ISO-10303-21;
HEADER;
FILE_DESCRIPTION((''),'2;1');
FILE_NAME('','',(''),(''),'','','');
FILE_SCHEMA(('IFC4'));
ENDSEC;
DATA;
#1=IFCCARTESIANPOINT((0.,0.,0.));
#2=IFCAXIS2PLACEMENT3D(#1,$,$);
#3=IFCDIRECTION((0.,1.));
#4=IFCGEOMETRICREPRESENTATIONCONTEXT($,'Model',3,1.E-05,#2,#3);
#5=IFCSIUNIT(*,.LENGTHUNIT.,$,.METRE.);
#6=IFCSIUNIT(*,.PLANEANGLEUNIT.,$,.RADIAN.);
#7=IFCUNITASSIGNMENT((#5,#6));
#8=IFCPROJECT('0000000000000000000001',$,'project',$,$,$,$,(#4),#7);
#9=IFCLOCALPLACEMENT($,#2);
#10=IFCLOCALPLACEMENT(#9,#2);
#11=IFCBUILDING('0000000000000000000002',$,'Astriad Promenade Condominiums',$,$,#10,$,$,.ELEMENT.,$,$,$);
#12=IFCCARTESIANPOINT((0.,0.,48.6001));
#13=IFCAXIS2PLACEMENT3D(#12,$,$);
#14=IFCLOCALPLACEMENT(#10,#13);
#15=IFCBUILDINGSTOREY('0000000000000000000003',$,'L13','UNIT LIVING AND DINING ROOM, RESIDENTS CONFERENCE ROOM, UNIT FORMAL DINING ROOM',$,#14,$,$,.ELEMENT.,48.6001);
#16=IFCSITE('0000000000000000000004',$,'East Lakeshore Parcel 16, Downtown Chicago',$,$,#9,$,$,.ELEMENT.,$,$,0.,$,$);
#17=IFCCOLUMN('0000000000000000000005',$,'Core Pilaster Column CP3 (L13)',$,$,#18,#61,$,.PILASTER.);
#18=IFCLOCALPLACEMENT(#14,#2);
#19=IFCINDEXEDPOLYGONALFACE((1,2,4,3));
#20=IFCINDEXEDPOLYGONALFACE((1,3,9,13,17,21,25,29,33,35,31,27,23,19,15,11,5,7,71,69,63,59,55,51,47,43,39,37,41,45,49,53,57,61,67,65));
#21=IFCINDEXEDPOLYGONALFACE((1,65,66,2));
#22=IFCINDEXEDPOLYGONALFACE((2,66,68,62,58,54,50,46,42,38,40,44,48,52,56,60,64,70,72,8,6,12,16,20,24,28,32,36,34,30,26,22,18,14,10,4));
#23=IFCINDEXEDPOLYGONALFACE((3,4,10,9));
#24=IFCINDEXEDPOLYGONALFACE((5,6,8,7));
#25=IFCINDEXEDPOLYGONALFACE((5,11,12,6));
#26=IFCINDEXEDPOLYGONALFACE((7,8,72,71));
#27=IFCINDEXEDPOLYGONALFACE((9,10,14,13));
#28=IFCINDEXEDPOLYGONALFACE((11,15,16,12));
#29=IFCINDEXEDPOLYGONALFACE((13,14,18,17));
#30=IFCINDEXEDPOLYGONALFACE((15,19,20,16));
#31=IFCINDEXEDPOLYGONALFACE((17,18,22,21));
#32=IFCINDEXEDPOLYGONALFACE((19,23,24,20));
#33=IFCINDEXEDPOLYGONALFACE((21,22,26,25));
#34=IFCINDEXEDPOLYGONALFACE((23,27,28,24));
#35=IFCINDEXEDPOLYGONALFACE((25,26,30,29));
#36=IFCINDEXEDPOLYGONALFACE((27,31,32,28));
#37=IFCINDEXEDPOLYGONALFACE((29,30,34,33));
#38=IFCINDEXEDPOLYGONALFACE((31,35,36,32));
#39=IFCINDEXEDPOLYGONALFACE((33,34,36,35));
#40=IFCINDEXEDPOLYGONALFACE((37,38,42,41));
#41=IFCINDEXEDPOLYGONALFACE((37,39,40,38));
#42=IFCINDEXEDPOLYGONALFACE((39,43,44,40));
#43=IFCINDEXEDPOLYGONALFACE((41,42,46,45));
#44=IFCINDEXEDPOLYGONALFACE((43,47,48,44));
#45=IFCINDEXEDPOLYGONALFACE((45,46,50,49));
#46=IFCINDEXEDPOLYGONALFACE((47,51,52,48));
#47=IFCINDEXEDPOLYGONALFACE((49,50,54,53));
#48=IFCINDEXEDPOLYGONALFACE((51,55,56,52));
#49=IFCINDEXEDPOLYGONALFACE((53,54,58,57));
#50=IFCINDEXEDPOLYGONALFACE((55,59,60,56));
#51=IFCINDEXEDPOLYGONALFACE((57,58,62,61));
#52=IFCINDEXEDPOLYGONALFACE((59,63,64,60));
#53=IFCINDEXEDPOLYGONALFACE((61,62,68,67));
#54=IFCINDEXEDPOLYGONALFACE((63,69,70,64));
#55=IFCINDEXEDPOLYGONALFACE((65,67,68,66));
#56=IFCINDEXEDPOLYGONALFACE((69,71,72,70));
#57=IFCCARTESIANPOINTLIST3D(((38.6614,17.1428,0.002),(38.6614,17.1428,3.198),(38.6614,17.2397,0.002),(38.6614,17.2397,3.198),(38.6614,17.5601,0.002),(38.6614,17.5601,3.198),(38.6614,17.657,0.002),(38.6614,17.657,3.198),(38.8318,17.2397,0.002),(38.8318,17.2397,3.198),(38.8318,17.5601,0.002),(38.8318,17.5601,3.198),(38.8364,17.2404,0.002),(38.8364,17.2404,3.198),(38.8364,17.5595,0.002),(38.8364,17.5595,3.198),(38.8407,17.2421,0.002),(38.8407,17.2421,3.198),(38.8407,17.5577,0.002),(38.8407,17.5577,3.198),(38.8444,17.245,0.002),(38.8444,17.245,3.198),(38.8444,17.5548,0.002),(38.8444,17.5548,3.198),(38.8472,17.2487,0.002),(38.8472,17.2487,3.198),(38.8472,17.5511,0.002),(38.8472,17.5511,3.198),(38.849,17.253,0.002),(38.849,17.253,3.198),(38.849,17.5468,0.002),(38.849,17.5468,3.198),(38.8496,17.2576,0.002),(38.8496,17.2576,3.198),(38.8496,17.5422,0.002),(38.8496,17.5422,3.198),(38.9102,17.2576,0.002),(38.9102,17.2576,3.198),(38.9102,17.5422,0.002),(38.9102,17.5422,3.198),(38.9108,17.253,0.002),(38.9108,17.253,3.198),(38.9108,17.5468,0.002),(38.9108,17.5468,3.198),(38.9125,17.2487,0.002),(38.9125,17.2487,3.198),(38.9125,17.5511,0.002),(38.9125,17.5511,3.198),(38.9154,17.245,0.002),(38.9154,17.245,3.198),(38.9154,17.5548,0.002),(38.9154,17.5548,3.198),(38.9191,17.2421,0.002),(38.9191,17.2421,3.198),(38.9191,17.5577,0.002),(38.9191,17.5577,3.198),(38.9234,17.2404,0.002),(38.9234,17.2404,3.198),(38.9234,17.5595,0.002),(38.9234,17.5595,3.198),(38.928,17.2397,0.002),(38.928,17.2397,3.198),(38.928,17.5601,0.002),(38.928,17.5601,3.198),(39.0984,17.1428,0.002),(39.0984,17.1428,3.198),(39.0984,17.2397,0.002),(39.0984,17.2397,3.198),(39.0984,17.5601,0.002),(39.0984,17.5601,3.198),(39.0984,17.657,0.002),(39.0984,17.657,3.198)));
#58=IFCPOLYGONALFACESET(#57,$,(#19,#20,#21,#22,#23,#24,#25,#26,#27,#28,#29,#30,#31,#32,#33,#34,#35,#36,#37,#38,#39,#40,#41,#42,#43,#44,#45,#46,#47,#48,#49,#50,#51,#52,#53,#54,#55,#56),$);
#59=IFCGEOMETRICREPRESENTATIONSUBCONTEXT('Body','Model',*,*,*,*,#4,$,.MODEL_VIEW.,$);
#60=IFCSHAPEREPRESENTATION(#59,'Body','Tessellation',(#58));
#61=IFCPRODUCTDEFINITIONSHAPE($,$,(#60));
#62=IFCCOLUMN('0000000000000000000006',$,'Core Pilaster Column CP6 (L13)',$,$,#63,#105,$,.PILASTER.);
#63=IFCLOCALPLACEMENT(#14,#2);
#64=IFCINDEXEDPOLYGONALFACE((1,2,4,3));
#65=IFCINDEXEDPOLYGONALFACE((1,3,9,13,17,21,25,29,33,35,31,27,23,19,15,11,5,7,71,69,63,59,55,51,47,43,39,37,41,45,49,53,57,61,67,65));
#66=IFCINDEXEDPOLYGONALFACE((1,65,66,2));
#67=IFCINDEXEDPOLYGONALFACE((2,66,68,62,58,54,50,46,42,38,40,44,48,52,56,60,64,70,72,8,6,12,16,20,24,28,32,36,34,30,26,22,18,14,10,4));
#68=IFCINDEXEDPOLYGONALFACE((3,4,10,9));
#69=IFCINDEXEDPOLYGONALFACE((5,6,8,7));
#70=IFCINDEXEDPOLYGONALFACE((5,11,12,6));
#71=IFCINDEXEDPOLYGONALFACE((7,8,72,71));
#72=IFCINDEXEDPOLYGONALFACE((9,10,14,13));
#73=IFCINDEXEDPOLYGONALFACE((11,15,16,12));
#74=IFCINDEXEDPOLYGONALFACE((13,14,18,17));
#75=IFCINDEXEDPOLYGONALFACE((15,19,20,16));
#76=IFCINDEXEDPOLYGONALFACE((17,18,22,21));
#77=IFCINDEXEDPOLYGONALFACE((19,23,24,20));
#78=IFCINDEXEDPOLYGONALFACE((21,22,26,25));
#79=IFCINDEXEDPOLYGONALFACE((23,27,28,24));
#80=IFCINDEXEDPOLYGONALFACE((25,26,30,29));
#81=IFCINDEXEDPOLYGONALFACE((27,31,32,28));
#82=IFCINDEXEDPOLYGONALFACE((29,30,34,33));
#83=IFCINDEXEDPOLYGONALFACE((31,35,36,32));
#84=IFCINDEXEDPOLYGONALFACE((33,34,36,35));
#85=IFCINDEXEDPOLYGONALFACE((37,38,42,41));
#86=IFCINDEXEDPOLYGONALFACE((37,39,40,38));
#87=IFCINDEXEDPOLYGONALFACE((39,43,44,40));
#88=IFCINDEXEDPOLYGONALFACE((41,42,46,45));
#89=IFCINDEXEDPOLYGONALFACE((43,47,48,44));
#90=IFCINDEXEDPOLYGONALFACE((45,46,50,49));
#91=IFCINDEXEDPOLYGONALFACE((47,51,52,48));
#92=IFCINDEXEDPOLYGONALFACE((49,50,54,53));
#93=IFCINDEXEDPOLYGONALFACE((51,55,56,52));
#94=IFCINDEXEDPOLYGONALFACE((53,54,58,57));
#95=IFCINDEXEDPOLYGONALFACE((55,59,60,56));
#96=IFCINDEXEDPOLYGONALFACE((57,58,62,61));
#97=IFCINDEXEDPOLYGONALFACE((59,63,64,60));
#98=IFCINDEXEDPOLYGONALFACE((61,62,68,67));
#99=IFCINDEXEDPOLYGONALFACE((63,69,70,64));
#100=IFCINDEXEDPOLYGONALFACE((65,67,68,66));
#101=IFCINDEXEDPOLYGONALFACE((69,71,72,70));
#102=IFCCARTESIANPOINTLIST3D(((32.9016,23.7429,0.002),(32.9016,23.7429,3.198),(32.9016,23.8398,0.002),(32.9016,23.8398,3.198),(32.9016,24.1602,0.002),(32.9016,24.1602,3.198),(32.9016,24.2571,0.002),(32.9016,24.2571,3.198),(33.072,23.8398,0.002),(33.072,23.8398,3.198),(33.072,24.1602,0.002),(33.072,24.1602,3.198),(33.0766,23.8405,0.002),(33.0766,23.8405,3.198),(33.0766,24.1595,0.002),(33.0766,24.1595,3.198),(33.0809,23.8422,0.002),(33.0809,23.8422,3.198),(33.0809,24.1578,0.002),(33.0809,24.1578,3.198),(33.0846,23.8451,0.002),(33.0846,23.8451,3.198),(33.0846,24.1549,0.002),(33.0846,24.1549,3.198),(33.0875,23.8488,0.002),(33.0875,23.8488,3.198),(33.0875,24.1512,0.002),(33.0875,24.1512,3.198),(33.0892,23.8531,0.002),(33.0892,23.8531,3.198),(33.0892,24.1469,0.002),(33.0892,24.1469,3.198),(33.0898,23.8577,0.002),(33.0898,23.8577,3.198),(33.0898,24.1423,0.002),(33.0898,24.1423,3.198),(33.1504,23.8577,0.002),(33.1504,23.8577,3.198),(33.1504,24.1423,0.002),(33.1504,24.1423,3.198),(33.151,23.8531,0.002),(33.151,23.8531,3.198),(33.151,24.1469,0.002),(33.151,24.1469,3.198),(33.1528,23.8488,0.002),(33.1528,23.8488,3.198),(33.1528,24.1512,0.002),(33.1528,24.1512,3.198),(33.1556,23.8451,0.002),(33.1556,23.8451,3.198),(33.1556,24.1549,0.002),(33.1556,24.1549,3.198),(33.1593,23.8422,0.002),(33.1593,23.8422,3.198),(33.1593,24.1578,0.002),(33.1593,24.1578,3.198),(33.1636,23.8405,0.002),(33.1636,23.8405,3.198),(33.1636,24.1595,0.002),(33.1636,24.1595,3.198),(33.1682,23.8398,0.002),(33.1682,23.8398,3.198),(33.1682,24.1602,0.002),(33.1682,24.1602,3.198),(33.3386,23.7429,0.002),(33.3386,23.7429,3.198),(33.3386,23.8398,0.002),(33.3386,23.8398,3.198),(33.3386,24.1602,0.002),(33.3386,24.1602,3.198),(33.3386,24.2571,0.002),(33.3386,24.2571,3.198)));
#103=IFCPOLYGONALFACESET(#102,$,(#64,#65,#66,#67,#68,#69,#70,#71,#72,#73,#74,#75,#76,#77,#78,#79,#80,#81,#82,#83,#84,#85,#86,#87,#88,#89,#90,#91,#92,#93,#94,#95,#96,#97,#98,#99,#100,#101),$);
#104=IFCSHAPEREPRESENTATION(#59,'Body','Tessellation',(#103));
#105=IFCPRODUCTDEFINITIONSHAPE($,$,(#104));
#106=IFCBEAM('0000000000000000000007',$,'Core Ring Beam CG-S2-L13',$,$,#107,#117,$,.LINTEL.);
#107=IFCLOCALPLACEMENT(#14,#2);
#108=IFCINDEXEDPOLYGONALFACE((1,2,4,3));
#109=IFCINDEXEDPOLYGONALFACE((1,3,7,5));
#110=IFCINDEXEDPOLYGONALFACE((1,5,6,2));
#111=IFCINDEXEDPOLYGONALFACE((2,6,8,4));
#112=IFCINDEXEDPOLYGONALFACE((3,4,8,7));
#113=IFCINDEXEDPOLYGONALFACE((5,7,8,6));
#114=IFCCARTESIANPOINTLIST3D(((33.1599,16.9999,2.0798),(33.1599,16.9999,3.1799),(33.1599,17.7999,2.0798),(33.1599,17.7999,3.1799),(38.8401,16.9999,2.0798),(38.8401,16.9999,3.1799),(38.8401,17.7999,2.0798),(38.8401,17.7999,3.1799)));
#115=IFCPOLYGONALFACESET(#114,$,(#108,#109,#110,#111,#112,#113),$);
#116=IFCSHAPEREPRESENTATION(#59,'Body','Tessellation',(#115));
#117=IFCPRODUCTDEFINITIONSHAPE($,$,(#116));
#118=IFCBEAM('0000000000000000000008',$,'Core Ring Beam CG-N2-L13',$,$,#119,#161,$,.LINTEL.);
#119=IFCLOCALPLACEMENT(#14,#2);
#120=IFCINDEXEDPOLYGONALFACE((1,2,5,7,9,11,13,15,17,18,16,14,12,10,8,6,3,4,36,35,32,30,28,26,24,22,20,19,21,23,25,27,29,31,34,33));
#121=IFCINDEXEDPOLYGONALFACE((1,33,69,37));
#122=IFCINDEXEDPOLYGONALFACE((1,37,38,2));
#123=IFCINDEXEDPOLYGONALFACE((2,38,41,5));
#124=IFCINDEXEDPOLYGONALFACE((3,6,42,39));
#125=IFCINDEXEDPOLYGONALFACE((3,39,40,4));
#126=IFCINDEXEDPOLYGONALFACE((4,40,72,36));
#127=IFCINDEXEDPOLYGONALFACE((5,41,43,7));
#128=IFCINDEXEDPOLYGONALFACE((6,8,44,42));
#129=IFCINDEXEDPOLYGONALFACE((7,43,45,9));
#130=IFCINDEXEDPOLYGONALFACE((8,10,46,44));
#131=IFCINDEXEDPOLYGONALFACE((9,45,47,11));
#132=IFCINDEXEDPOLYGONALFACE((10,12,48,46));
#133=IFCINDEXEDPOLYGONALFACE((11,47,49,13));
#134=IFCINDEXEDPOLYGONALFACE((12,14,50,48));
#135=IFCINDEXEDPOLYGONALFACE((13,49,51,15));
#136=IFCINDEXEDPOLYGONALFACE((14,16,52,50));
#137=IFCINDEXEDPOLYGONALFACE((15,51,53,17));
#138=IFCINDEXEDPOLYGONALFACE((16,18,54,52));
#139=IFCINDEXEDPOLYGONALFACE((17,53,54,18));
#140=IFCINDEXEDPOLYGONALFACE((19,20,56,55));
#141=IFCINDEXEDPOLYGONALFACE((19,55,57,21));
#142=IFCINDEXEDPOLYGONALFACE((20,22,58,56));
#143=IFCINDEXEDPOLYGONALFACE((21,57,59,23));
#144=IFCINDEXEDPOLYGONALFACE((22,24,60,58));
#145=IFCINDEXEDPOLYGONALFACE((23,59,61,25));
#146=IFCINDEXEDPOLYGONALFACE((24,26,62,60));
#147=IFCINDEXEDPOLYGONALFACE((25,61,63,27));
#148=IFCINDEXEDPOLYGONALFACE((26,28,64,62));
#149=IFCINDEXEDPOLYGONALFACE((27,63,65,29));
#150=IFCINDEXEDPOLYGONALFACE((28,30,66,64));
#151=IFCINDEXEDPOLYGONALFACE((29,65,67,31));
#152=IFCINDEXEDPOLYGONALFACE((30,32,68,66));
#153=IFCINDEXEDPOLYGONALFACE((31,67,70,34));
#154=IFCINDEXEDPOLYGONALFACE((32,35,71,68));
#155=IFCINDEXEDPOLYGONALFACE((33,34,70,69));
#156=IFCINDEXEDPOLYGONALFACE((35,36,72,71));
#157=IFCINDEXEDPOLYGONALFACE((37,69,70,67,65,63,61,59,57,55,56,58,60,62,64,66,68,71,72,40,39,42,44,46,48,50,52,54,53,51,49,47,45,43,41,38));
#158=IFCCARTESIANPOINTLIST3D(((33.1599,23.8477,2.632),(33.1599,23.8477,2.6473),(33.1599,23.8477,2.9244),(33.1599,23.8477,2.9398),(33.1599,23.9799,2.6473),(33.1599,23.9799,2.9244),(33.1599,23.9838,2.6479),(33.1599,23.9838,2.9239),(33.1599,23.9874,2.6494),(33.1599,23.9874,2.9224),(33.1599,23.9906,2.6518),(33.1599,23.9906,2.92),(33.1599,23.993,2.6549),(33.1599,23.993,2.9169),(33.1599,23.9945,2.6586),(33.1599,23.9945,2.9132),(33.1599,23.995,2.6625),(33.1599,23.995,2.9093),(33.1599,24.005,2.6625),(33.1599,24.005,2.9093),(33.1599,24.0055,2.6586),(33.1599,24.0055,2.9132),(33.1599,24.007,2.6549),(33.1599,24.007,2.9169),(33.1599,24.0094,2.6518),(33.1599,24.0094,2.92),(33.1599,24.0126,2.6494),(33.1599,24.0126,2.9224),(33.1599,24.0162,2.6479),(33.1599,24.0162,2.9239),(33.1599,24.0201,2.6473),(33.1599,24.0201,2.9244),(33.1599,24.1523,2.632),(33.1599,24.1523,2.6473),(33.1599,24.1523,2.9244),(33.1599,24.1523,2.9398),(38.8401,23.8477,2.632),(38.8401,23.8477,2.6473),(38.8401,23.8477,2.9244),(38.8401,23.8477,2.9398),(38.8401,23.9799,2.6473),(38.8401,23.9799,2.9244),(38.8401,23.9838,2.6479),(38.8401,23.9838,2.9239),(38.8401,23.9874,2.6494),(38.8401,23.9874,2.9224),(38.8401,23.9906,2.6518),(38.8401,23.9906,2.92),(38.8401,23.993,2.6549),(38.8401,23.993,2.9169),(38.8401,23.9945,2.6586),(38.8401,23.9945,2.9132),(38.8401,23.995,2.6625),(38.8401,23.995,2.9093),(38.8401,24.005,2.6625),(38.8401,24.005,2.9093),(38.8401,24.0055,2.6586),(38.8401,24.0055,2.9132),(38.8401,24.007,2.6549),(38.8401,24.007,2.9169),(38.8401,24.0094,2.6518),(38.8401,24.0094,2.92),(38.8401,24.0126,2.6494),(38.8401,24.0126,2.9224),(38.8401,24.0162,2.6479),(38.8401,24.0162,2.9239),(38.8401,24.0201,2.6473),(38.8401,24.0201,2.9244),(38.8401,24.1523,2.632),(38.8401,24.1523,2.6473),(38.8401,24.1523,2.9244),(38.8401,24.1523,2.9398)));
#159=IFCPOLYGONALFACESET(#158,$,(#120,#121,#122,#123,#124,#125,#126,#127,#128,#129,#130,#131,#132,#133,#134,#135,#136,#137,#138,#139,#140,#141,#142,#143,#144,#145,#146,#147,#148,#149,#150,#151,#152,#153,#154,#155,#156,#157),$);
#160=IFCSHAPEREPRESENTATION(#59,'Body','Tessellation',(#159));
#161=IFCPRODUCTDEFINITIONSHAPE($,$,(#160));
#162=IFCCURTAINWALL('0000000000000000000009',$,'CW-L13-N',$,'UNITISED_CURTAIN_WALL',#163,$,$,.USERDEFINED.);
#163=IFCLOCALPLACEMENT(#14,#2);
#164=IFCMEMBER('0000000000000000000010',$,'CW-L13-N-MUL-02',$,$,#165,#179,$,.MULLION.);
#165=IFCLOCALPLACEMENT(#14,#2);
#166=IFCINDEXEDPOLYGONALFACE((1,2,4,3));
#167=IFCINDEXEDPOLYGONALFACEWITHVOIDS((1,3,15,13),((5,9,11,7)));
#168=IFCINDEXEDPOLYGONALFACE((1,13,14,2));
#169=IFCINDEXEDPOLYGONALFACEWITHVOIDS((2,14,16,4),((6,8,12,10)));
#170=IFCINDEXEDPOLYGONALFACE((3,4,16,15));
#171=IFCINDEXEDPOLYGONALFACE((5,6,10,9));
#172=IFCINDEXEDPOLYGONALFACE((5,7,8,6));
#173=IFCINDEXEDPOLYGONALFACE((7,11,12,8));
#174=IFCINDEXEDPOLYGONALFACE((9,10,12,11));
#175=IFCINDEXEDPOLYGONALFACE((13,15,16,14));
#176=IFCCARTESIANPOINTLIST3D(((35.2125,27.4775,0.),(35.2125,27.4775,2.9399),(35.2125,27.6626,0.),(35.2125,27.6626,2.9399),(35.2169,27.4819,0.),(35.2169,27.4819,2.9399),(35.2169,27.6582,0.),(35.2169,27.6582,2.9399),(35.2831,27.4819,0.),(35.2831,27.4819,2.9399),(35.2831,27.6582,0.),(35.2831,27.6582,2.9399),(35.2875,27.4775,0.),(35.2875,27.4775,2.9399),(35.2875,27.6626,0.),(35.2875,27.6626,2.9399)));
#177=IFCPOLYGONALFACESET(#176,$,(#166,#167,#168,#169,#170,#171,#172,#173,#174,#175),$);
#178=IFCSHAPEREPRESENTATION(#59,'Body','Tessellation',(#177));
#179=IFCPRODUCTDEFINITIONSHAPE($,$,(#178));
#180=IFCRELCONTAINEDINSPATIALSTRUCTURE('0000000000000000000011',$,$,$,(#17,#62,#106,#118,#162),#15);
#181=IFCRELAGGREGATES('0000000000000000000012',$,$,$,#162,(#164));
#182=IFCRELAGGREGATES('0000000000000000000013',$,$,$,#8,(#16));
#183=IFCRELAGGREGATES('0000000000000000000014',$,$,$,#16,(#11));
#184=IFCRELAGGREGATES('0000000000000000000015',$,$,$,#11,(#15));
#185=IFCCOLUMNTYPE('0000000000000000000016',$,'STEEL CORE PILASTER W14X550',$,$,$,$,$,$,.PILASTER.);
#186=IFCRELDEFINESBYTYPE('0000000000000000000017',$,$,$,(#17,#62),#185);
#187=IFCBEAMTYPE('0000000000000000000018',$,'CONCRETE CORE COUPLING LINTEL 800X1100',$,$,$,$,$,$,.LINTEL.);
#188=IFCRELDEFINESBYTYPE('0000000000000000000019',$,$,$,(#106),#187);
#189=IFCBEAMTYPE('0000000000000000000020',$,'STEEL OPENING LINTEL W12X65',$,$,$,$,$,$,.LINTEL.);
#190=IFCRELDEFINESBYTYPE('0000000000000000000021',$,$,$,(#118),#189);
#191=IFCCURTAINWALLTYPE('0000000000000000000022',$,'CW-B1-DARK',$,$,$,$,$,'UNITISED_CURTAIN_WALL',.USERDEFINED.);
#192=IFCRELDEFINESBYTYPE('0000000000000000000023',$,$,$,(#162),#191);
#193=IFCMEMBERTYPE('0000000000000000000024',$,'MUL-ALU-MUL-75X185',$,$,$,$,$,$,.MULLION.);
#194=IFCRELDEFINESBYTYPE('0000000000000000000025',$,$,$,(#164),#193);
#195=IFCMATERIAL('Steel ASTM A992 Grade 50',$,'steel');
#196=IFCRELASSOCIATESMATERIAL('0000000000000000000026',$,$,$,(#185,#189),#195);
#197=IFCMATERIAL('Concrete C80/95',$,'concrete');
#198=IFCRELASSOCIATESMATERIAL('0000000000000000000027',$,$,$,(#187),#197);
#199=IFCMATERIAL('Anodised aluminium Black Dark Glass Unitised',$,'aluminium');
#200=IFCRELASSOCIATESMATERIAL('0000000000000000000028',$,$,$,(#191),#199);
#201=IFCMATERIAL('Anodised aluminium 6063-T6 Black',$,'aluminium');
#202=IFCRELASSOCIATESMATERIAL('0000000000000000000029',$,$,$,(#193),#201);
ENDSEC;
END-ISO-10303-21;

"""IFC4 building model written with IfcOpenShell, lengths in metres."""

from ifc_helpers import new_model, si_unit, direction, frame, origin, origin_2d, place, context, subcontext, project, spatial, rectangle, hollow_rectangle, i_section, extrude, source, transform, mapped, material, material_profile, profile_set, type_object, type_shapes, element, aggregate, save


model = new_model("IFC4")

# Units and contexts
model_context = context("Model", 3, precision=1e-05, world=origin(), true_north=direction((0.0, 1.0)))
body_context = subcontext(model_context, "Body", "Model", "MODEL_VIEW")
ifc_project = project(units=[si_unit("LENGTHUNIT", "METRE"), si_unit("PLANEANGLEUNIT", "RADIAN")], contexts=[model_context])

# Site, building, storey
site_placement = place(None, origin())
site = spatial("IfcSite", under=ifc_project, at=site_placement, Name="East Lakeshore Parcel 16, Downtown Chicago", CompositionType="ELEMENT", RefElevation=0.0)
building_placement = place(site_placement, origin())
building = spatial("IfcBuilding", under=site, at=building_placement, Name="Astriad Promenade Condominiums", CompositionType="ELEMENT")
storey_placement = place(building_placement, frame((0.0, 0.0, 48.6001)))
storey = spatial("IfcBuildingStorey", under=building, at=storey_placement, Name="L13", Description="UNIT LIVING AND DINING ROOM, RESIDENTS CONFERENCE ROOM, UNIT FORMAL DINING ROOM", CompositionType="ELEMENT", Elevation=48.6001)

# Columns
ifc_material_1 = material(Name="Steel ASTM A992 Grade 50", Category="steel")
ifc_material_profile_1 = material_profile(ifc_material_1, i_section(OverallWidth=0.437, OverallDepth=0.5142, WebThickness=0.0605, FlangeThickness=0.0969, FilletRadius=0.0178, at=origin_2d()), Name="W14X550")
ifc_profile_set_1 = profile_set([ifc_material_profile_1], Name="Steel ASTM A992 Grade 50")
column_type = type_object("IfcColumnType", Name="STEEL CORE PILASTER W14X550", PredefinedType="PILASTER", material=ifc_profile_set_1)
shared_shape_1 = source(origin(), body_context, "Body", "SweptSolid", [
    extrude(i_section(OverallWidth=0.437, OverallDepth=0.5142, WebThickness=0.0605, FlangeThickness=0.0969, FilletRadius=0.0178, at=origin_2d()), origin(), (0.0, 0.0, 1.0), 3.196),
])
type_shapes(column_type, [shared_shape_1])
for number, where, z_axis, x_axis, name in (
    (1, (38.8799, 17.3999, 0.002), (0.0, 0.0, 1.0), (1.0, 0.0, 0.0), "Core Pilaster Column CP3 (L13)"),
    (2, (33.1201, 24.0, 0.002), (0.0, 0.0, 1.0), (1.0, 0.0, 0.0), "Core Pilaster Column CP6 (L13)"),
):
    element("IfcColumn", number, at=place(storey_placement, frame(where, z_axis=z_axis, x_axis=x_axis)), inside=storey, type_object=column_type, Name=name, PredefinedType="PILASTER", context=body_context, shape_type="MappedRepresentation", body=[
        mapped(shared_shape_1, transform((0.0, 0.0, 0.0), scale=1.0)),
    ])

# Beams
ifc_material_2 = material(Name="Concrete C80/95", Category="concrete")
ifc_material_profile_2 = material_profile(ifc_material_2, rectangle(XDim=0.8, YDim=1.1001, at=origin_2d()), Name="RC-BM-800X1100")
ifc_profile_set_2 = profile_set([ifc_material_profile_2], Name="Concrete C80/95")
beam_type_1 = type_object("IfcBeamType", Name="CONCRETE CORE COUPLING LINTEL 800X1100", PredefinedType="LINTEL", material=ifc_profile_set_2)
shared_shape_2 = source(origin(), body_context, "Body", "SweptSolid", [
    extrude(rectangle(XDim=0.8, YDim=1.1001, at=origin_2d()), origin(), (0.0, 0.0, 1.0), 5.6802),
])
type_shapes(beam_type_1, [shared_shape_2])
beam_1_placement = place(storey_placement, frame((33.1599, 17.3999, 2.6299), z_axis=(1.0, 0.0, 0.0), x_axis=(0.0, 1.0, 0.0)))
element("IfcBeam", 3, at=beam_1_placement, inside=storey, type_object=beam_type_1, Name="Core Ring Beam CG-S2-L13", PredefinedType="LINTEL", context=body_context, shape_type="MappedRepresentation", body=[
    mapped(shared_shape_2, transform((0.0, 0.0, 0.0), scale=1.0)),
])
ifc_material_profile_3 = material_profile(ifc_material_1, i_section(OverallWidth=0.3047, OverallDepth=0.3079, WebThickness=0.01, FlangeThickness=0.0154, FilletRadius=0.0151, at=origin_2d()), Name="W12X65")
ifc_profile_set_3 = profile_set([ifc_material_profile_3], Name="Steel ASTM A992 Grade 50")
beam_type_2 = type_object("IfcBeamType", Name="STEEL OPENING LINTEL W12X65", PredefinedType="LINTEL", material=ifc_profile_set_3)
shared_shape_3 = source(origin(), body_context, "Body", "SweptSolid", [
    extrude(i_section(OverallWidth=0.3047, OverallDepth=0.3079, WebThickness=0.01, FlangeThickness=0.0154, FilletRadius=0.0151, at=origin_2d()), origin(), (0.0, 0.0, 1.0), 5.6802),
])
type_shapes(beam_type_2, [shared_shape_3])
beam_2_placement = place(storey_placement, frame((33.1599, 24.0, 2.7859), z_axis=(1.0, 0.0, 0.0), x_axis=(0.0, 1.0, 0.0)))
element("IfcBeam", 4, at=beam_2_placement, inside=storey, type_object=beam_type_2, Name="Core Ring Beam CG-N2-L13", PredefinedType="LINTEL", context=body_context, shape_type="MappedRepresentation", body=[
    mapped(shared_shape_3, transform((0.0, 0.0, 0.0), scale=1.0)),
])

# Curtain wall, member
ifc_material_3 = material(Name="Anodised aluminium Black Dark Glass Unitised", Category="aluminium")
curtain_wall_type = type_object("IfcCurtainWallType", Name="CW-B1-DARK", ElementType="UNITISED_CURTAIN_WALL", PredefinedType="USERDEFINED", material=ifc_material_3)
curtain_wall_placement = place(storey_placement, origin())
curtain_wall = element("IfcCurtainWall", 5, at=curtain_wall_placement, inside=storey, type_object=curtain_wall_type, Name="CW-L13-N", ObjectType="UNITISED_CURTAIN_WALL", PredefinedType="USERDEFINED")
ifc_material_4 = material(Name="Anodised aluminium 6063-T6 Black", Category="aluminium")
ifc_material_profile_4 = material_profile(ifc_material_4, hollow_rectangle(XDim=0.075, YDim=0.1851, WallThickness=0.0044, at=origin_2d()), Name="ALU-MUL-75X185")
ifc_profile_set_4 = profile_set([ifc_material_profile_4], Name="Anodised aluminium 6063-T6 Black")
member_type_1 = type_object("IfcMemberType", Name="MUL-ALU-MUL-75X185", PredefinedType="MULLION", material=ifc_profile_set_4)
shared_shape_4 = source(origin(), body_context, "Body", "SweptSolid", [
    extrude(hollow_rectangle(XDim=0.075, YDim=0.1851, WallThickness=0.0044, at=origin_2d()), origin(), (0.0, 0.0, 1.0), 2.9399),
])
type_shapes(member_type_1, [shared_shape_4])
member_1_placement = place(storey_placement, frame((35.25, 27.5701, 0.0), z_axis=(0.0, 0.0, 1.0), x_axis=(1.0, 0.0, 0.0)))
member_1 = element("IfcMember", 6, at=member_1_placement, type_object=member_type_1, Name="CW-L13-N-MUL-02", PredefinedType="MULLION", context=body_context, shape_type="MappedRepresentation", body=[
    mapped(shared_shape_4, transform((0.0, 0.0, 0.0), scale=1.0)),
])
aggregate(curtain_wall, [member_1])

save(model, "model.ifc")
